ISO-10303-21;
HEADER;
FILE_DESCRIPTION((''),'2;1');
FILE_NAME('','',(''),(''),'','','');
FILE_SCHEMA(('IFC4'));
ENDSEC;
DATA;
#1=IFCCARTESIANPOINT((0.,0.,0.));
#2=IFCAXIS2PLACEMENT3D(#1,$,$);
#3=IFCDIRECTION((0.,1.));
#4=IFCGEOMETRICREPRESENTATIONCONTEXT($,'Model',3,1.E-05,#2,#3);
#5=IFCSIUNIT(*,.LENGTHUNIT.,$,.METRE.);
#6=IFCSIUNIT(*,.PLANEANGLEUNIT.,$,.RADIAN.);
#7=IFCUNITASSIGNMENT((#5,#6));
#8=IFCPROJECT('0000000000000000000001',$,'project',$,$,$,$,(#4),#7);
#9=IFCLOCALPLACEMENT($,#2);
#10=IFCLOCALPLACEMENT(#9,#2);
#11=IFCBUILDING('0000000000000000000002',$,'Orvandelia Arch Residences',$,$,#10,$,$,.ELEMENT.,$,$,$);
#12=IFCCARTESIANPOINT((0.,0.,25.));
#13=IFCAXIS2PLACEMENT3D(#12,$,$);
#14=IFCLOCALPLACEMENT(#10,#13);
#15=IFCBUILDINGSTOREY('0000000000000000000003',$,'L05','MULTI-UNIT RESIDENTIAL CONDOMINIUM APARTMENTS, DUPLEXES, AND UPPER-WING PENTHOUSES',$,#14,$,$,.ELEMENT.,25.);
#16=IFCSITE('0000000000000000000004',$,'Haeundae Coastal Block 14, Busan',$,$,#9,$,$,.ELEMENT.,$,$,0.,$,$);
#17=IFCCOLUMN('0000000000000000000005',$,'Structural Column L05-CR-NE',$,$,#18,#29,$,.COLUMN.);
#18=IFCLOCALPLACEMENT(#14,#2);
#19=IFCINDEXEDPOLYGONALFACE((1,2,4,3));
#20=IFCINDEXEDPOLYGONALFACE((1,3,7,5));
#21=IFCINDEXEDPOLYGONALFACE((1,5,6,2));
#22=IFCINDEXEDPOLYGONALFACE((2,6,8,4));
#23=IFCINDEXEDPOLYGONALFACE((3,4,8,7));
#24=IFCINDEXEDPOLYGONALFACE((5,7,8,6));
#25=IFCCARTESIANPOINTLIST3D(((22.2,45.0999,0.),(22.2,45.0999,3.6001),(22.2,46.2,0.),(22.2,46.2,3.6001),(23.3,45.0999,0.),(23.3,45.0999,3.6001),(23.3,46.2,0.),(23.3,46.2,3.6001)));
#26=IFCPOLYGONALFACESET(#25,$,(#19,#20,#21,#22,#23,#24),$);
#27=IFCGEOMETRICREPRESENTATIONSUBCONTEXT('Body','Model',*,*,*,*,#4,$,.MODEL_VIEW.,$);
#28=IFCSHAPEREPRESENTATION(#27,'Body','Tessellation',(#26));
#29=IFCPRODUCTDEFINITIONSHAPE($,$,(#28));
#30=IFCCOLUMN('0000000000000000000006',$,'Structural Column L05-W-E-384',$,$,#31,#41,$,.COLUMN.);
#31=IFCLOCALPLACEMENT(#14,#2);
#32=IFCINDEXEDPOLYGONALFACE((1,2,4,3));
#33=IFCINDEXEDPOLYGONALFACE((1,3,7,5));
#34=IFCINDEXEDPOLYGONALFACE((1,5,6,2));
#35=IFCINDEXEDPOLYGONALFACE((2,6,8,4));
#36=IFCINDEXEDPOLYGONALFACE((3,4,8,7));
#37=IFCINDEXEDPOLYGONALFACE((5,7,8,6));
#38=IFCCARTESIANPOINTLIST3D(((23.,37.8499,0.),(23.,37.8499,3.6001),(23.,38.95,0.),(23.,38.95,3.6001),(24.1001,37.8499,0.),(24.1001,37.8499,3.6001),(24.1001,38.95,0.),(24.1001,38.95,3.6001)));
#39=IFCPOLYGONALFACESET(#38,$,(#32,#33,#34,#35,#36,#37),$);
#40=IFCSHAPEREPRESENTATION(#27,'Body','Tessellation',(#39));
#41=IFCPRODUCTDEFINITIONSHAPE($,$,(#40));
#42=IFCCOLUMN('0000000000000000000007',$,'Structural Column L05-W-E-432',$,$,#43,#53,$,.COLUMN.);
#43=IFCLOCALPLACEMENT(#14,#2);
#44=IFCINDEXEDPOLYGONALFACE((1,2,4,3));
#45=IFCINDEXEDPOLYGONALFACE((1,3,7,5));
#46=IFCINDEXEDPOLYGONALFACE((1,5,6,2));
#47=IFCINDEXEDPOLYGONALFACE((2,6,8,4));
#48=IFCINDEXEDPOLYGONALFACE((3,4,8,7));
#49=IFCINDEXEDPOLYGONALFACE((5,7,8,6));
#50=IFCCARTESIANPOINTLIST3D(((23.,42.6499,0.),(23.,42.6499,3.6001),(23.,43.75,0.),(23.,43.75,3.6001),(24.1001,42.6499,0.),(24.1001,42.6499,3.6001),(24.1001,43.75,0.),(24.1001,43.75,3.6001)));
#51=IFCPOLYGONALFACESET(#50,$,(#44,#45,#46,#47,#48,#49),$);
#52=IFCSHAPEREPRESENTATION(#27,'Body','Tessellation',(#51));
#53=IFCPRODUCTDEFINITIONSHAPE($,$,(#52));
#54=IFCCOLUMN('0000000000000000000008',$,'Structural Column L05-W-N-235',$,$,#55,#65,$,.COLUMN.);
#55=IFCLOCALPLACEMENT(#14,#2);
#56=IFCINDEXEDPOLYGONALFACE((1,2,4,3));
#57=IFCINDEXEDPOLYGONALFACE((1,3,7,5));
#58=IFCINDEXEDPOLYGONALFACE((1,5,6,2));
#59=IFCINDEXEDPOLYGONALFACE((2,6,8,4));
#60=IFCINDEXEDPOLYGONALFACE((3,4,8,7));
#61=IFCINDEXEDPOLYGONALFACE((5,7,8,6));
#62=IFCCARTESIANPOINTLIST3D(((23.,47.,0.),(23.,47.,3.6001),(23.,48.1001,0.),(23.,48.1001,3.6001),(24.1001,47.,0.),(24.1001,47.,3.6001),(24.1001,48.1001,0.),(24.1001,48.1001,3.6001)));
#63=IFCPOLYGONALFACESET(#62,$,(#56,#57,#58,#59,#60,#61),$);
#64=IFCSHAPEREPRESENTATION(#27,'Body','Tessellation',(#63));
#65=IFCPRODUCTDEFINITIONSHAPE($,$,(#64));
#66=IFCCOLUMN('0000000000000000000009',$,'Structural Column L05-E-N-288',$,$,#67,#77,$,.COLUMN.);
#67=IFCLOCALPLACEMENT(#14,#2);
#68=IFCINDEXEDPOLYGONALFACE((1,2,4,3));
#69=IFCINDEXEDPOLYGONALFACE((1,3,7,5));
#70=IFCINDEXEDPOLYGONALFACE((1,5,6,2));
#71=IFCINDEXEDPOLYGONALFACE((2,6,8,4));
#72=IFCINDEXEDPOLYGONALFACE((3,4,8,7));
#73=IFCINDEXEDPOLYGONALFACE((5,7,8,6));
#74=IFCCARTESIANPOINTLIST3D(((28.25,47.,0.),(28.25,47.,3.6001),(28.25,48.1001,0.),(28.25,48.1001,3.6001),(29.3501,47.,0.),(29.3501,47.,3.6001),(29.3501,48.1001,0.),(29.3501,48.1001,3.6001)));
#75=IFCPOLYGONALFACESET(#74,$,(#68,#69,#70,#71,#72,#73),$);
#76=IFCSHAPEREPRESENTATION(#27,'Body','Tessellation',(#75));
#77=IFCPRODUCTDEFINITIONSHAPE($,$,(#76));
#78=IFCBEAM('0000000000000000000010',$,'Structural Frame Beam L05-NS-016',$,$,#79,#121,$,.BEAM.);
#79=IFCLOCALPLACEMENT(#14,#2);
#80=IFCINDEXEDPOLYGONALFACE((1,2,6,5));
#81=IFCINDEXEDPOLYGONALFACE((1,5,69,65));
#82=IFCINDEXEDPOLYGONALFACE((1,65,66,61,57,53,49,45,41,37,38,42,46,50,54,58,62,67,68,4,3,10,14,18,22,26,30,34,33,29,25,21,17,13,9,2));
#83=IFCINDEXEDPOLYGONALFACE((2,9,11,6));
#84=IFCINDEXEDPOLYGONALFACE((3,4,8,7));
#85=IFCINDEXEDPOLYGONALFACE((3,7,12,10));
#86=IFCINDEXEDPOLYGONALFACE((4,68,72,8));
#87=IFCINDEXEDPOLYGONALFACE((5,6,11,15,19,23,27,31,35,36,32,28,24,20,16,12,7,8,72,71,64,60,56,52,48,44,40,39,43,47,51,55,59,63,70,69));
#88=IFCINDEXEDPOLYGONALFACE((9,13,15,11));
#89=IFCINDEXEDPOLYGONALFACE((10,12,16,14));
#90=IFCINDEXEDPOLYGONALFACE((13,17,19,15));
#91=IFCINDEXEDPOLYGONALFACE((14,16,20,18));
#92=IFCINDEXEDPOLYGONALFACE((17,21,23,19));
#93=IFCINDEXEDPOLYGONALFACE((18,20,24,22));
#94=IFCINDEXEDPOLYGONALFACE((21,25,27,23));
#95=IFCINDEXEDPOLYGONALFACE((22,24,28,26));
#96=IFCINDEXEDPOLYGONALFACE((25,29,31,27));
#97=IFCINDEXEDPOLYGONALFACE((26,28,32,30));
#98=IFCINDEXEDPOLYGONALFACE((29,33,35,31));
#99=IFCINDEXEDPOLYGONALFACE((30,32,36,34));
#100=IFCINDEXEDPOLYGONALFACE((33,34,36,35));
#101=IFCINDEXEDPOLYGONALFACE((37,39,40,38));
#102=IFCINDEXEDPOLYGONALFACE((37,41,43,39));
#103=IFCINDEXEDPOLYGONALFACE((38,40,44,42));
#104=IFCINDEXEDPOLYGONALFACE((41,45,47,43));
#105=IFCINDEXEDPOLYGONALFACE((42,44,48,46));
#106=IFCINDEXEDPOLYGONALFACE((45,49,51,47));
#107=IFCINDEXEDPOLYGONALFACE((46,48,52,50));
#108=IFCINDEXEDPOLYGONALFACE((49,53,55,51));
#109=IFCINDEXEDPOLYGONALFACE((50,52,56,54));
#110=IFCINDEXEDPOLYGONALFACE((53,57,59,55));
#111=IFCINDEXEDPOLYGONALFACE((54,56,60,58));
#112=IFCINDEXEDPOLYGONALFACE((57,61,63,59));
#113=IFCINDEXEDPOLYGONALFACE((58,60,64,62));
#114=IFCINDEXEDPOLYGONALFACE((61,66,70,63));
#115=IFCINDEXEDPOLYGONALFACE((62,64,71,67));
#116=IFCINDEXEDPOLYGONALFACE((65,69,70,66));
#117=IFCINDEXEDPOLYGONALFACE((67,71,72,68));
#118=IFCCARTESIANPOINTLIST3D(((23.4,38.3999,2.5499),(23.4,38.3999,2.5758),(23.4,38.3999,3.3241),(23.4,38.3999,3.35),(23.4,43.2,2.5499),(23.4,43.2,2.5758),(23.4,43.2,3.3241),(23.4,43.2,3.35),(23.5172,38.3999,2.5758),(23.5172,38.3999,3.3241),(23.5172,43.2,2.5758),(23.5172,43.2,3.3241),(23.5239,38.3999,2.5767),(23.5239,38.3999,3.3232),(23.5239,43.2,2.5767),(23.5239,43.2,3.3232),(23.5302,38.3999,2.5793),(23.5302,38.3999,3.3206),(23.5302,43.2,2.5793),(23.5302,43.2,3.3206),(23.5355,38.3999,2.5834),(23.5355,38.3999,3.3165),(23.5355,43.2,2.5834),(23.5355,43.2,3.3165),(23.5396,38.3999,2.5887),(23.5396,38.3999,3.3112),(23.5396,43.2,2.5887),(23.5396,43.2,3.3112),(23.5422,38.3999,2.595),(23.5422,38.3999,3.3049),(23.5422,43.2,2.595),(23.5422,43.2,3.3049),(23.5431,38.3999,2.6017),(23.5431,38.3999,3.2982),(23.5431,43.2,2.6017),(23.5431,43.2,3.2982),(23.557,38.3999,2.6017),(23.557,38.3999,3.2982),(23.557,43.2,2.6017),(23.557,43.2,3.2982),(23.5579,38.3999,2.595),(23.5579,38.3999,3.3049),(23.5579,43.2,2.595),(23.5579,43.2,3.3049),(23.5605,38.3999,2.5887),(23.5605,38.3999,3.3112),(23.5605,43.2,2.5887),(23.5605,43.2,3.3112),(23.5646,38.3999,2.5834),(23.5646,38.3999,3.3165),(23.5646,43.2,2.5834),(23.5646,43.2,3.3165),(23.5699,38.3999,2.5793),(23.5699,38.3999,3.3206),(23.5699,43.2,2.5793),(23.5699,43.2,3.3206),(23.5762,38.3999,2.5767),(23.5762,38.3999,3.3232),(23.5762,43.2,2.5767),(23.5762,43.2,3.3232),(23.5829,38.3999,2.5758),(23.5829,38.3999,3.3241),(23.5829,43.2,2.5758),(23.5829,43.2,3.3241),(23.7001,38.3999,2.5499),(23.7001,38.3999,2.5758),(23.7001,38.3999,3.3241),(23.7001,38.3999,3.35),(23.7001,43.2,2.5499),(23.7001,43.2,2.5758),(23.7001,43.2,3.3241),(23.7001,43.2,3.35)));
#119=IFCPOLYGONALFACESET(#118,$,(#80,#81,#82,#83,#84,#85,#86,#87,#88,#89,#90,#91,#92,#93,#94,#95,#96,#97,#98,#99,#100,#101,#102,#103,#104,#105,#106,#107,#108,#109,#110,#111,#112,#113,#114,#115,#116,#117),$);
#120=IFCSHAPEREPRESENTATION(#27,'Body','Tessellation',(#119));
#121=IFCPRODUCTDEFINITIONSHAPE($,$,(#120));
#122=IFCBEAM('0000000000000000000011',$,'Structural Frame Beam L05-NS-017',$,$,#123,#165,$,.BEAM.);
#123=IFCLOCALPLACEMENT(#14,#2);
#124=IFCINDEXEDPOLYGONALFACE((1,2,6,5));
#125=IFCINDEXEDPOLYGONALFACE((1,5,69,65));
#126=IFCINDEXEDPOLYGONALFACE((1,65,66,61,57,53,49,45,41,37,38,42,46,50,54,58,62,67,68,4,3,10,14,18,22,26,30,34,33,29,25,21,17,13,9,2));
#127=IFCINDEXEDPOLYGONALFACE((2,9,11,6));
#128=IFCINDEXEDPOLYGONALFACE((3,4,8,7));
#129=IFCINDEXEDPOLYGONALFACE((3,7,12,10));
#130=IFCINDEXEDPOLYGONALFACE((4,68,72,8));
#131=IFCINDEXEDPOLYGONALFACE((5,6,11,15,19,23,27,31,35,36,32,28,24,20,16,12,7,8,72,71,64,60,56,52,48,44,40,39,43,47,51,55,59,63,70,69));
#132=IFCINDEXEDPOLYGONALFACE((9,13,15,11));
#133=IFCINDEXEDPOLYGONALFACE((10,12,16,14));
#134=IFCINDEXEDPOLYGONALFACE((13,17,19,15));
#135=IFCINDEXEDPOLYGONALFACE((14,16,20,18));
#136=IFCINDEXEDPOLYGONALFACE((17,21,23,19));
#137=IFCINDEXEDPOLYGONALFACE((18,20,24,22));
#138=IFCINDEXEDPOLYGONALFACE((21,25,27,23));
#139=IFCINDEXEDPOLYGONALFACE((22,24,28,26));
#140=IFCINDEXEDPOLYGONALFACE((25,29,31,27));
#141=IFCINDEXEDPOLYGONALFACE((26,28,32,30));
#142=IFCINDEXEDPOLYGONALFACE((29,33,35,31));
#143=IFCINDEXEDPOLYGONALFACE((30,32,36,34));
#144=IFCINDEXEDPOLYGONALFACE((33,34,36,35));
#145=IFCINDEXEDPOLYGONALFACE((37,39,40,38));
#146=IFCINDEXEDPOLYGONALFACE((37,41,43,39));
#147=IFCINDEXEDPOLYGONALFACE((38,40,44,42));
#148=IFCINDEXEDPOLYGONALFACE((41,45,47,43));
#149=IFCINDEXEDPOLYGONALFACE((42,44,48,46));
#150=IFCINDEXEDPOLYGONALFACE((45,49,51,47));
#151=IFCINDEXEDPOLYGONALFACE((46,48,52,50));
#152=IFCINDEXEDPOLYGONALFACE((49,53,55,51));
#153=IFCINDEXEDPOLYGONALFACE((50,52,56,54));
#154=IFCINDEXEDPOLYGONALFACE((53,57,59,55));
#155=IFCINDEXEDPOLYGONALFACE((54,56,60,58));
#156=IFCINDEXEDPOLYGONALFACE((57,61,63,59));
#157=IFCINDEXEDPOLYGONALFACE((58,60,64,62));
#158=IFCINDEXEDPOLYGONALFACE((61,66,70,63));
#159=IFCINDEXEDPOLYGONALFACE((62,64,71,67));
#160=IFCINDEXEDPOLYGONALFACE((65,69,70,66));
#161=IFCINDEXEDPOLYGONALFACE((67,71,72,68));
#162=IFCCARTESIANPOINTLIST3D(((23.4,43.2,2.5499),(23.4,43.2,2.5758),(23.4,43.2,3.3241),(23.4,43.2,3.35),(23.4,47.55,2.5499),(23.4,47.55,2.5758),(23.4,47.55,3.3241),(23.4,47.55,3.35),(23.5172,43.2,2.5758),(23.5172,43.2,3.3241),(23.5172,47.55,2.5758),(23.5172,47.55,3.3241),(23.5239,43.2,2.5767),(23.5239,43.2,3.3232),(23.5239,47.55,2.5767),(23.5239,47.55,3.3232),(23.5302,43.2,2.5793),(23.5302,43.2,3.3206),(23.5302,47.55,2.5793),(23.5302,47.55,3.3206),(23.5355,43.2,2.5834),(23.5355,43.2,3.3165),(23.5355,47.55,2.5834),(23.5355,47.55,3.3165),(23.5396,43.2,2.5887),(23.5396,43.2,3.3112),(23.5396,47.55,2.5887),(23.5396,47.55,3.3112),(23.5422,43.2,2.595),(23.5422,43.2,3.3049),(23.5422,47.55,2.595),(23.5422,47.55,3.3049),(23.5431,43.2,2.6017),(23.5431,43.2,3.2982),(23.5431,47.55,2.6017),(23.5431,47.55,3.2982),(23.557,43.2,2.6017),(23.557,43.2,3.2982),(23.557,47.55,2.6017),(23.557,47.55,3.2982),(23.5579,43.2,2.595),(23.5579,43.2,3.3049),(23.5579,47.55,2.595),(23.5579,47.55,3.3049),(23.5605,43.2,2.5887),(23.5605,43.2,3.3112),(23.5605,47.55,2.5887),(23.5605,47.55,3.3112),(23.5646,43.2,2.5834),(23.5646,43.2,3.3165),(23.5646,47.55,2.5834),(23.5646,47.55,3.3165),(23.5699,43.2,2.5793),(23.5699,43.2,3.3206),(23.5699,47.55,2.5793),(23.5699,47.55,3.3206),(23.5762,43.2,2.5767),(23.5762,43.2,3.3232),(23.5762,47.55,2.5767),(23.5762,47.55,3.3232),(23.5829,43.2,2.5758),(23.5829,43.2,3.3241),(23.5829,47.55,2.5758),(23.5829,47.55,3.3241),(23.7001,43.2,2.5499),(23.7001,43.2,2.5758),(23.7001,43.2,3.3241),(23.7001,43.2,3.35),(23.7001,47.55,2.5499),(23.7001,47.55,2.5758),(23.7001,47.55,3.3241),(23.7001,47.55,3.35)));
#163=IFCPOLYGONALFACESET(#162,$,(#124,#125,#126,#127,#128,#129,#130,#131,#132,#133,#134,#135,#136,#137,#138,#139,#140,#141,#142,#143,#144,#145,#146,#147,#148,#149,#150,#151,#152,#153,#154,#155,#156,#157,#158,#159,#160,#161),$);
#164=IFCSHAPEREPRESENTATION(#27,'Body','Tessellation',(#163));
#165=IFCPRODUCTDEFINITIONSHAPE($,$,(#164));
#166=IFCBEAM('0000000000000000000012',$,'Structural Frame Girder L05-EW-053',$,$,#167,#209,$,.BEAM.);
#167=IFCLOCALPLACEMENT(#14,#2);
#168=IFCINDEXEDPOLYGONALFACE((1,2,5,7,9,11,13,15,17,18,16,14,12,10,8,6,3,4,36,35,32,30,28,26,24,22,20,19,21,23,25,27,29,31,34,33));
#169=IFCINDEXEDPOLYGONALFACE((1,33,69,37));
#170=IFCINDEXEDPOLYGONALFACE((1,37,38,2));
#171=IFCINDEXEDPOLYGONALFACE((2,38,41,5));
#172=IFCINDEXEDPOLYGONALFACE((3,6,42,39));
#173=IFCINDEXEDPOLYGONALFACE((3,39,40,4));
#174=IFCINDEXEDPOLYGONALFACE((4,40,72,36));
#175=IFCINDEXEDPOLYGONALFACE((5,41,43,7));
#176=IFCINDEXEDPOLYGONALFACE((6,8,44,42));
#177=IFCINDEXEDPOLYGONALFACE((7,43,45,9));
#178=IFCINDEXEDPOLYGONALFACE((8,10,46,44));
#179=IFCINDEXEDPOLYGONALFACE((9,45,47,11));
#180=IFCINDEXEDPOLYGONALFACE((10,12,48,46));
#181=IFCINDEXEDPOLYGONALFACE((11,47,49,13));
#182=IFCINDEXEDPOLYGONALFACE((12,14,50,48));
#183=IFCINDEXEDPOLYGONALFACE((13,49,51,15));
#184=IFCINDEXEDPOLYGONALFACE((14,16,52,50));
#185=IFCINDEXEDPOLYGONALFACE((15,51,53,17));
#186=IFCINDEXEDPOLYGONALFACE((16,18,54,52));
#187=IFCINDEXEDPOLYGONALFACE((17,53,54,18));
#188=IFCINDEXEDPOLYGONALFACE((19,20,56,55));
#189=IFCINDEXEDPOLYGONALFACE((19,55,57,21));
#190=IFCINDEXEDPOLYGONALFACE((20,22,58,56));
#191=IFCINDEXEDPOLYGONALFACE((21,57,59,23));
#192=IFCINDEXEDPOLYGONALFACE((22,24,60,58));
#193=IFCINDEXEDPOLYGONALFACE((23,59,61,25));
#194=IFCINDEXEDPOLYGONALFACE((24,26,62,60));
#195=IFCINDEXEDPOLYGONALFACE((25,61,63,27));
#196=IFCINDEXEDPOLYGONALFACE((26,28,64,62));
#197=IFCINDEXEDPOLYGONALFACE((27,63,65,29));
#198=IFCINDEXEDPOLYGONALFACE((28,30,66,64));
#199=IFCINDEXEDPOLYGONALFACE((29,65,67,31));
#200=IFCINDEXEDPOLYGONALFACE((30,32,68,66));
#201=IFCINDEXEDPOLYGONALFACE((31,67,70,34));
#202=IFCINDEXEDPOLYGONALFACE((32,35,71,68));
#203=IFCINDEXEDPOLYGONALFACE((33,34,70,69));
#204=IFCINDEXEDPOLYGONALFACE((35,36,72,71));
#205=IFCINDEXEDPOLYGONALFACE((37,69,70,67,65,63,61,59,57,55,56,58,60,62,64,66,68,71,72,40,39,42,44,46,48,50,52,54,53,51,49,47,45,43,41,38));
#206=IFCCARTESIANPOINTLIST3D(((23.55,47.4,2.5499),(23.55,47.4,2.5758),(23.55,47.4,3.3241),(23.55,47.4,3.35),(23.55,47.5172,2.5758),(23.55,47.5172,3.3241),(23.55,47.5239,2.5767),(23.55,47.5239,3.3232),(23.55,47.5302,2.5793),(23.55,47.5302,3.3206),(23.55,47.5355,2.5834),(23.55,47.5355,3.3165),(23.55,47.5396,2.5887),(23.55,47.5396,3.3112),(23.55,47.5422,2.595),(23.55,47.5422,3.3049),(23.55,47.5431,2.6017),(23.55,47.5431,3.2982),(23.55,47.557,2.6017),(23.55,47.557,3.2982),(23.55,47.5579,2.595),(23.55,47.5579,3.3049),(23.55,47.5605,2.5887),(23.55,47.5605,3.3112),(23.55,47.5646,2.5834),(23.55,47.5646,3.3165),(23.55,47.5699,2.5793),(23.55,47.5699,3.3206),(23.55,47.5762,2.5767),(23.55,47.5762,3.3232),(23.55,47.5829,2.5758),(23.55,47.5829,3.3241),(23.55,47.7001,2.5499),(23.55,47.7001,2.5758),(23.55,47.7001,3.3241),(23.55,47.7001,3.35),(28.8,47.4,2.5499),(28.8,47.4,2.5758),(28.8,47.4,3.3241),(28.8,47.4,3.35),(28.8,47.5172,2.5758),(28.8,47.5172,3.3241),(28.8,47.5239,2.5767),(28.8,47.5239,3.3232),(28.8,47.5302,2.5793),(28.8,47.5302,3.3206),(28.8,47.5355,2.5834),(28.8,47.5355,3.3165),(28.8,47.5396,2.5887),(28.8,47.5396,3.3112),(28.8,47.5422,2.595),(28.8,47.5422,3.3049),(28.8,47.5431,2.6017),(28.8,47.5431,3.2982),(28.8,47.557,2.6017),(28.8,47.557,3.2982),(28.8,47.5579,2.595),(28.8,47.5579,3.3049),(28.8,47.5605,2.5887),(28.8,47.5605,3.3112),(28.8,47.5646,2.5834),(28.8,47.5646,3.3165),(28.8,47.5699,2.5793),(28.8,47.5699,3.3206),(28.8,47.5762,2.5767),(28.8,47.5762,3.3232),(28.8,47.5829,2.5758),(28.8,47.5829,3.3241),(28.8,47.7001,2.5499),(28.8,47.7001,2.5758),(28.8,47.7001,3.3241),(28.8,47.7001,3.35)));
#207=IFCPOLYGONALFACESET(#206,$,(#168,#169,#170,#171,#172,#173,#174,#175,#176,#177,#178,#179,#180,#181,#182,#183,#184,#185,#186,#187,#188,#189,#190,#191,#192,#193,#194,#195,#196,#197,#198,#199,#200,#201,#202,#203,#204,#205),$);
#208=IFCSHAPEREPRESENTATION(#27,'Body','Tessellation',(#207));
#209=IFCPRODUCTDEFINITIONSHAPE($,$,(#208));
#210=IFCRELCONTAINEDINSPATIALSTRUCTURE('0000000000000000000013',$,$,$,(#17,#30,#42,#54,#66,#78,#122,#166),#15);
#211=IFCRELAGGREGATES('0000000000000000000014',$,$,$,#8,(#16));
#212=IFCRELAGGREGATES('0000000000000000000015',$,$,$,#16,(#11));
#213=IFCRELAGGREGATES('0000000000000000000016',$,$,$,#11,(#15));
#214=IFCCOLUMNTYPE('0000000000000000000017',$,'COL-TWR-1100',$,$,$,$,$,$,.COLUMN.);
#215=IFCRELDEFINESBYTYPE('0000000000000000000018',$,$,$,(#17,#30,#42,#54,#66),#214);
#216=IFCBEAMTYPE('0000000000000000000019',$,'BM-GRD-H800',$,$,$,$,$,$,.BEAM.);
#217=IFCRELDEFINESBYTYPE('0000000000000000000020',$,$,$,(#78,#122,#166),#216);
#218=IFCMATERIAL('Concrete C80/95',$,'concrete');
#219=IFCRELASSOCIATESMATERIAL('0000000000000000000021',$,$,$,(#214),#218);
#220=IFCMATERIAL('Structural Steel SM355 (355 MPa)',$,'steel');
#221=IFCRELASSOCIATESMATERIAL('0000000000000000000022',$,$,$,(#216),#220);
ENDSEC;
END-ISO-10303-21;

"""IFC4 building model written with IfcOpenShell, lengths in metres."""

from ifc_helpers import new_model, si_unit, direction, frame, origin, origin_2d, place, context, subcontext, project, spatial, rectangle, i_section, extrude, material, material_profile, profile_set, type_object, element, save


model = new_model("IFC4")

# Units and contexts
model_context = context("Model", 3, precision=1e-05, world=origin(), true_north=direction((0.0, 1.0)))
body_context = subcontext(model_context, "Body", "Model", "MODEL_VIEW")
ifc_project = project(units=[si_unit("LENGTHUNIT", "METRE"), si_unit("PLANEANGLEUNIT", "RADIAN")], contexts=[model_context])

# Site, building, storey
site_placement = place(None, origin())
site = spatial("IfcSite", under=ifc_project, at=site_placement, Name="Haeundae Coastal Block 14, Busan", CompositionType="ELEMENT", RefElevation=0.0)
building_placement = place(site_placement, origin())
building = spatial("IfcBuilding", under=site, at=building_placement, Name="Orvandelia Arch Residences", CompositionType="ELEMENT")
storey_placement = place(building_placement, frame((0.0, 0.0, 25.0)))
storey = spatial("IfcBuildingStorey", under=building, at=storey_placement, Name="L05", Description="MULTI-UNIT RESIDENTIAL CONDOMINIUM APARTMENTS, DUPLEXES, AND UPPER-WING PENTHOUSES", CompositionType="ELEMENT", Elevation=25.0)

# Columns
ifc_material_1 = material(Name="Concrete C80/95", Category="concrete")
ifc_material_profile_1 = material_profile(ifc_material_1, rectangle(XDim=1.1001, YDim=1.1001, at=origin_2d()), Name="Concrete C80/95", Category="concrete")
ifc_profile_set_1 = profile_set([ifc_material_profile_1], Name="Concrete C80/95")
column_type = type_object("IfcColumnType", Name="COL-TWR-1100", PredefinedType="COLUMN", material=ifc_profile_set_1)
for number, where, z_axis, x_axis, name in (
    (1, (22.75, 45.6499, 0.0), (0.0, 0.0, 1.0), (1.0, 0.0, 0.0), "Structural Column L05-CR-NE"),
    (2, (23.55, 38.3999, 0.0), (0.0, 0.0, 1.0), (1.0, 0.0, 0.0), "Structural Column L05-W-E-384"),
    (3, (23.55, 43.2, 0.0), (0.0, 0.0, 1.0), (1.0, 0.0, 0.0), "Structural Column L05-W-E-432"),
    (4, (23.55, 47.55, 0.0), (0.0, 0.0, 1.0), (1.0, 0.0, 0.0), "Structural Column L05-W-N-235"),
    (5, (28.8, 47.55, 0.0), (0.0, 0.0, 1.0), (1.0, 0.0, 0.0), "Structural Column L05-E-N-288"),
):
    element("IfcColumn", number, at=place(storey_placement, frame(where, z_axis=z_axis, x_axis=x_axis)), inside=storey, type_object=column_type, Name=name, PredefinedType="COLUMN", context=body_context, shape_type="SweptSolid", body=[
        extrude(rectangle(XDim=1.1001, YDim=1.1001, at=origin_2d()), origin(), (0.0, 0.0, 1.0), 3.6001),
    ])

# Beams
ifc_material_2 = material(Name="Structural Steel SM355 (355 MPa)", Category="steel")
ifc_material_profile_2 = material_profile(ifc_material_2, i_section(OverallWidth=0.3, OverallDepth=0.8, WebThickness=0.0139, FlangeThickness=0.0259, FilletRadius=0.0259, at=origin_2d()), Name="Structural Steel SM355 (355 MPa)", Category="steel")
ifc_profile_set_2 = profile_set([ifc_material_profile_2], Name="Structural Steel SM355 (355 MPa)")
beam_type = type_object("IfcBeamType", Name="BM-GRD-H800", PredefinedType="BEAM", material=ifc_profile_set_2)
beam_1_placement = place(storey_placement, frame((23.55, 38.3999, 2.95), z_axis=(0.0, 1.0, 0.0), x_axis=(-1.0, 0.0, 0.0)))
element("IfcBeam", 6, at=beam_1_placement, inside=storey, type_object=beam_type, Name="Structural Frame Beam L05-NS-016", PredefinedType="BEAM", context=body_context, shape_type="SweptSolid", body=[
    extrude(i_section(OverallWidth=0.3, OverallDepth=0.8, WebThickness=0.0139, FlangeThickness=0.0259, FilletRadius=0.0259, at=origin_2d()), origin(), (0.0, 0.0, 1.0), 4.8),
])
beam_2_placement = place(storey_placement, frame((23.55, 43.2, 2.95), z_axis=(0.0, 1.0, 0.0), x_axis=(-1.0, 0.0, 0.0)))
element("IfcBeam", 7, at=beam_2_placement, inside=storey, type_object=beam_type, Name="Structural Frame Beam L05-NS-017", PredefinedType="BEAM", context=body_context, shape_type="SweptSolid", body=[
    extrude(i_section(OverallWidth=0.3, OverallDepth=0.8, WebThickness=0.0139, FlangeThickness=0.0259, FilletRadius=0.0259, at=origin_2d()), origin(), (0.0, 0.0, 1.0), 4.3501),
])
beam_3_placement = place(storey_placement, frame((23.55, 47.55, 2.95), z_axis=(1.0, 0.0, 0.0), x_axis=(0.0, 1.0, 0.0)))
element("IfcBeam", 8, at=beam_3_placement, inside=storey, type_object=beam_type, Name="Structural Frame Girder L05-EW-053", PredefinedType="BEAM", context=body_context, shape_type="SweptSolid", body=[
    extrude(i_section(OverallWidth=0.3, OverallDepth=0.8, WebThickness=0.0139, FlangeThickness=0.0259, FilletRadius=0.0259, at=origin_2d()), origin(), (0.0, 0.0, 1.0), 5.25),
])

save(model, "model.ifc")
